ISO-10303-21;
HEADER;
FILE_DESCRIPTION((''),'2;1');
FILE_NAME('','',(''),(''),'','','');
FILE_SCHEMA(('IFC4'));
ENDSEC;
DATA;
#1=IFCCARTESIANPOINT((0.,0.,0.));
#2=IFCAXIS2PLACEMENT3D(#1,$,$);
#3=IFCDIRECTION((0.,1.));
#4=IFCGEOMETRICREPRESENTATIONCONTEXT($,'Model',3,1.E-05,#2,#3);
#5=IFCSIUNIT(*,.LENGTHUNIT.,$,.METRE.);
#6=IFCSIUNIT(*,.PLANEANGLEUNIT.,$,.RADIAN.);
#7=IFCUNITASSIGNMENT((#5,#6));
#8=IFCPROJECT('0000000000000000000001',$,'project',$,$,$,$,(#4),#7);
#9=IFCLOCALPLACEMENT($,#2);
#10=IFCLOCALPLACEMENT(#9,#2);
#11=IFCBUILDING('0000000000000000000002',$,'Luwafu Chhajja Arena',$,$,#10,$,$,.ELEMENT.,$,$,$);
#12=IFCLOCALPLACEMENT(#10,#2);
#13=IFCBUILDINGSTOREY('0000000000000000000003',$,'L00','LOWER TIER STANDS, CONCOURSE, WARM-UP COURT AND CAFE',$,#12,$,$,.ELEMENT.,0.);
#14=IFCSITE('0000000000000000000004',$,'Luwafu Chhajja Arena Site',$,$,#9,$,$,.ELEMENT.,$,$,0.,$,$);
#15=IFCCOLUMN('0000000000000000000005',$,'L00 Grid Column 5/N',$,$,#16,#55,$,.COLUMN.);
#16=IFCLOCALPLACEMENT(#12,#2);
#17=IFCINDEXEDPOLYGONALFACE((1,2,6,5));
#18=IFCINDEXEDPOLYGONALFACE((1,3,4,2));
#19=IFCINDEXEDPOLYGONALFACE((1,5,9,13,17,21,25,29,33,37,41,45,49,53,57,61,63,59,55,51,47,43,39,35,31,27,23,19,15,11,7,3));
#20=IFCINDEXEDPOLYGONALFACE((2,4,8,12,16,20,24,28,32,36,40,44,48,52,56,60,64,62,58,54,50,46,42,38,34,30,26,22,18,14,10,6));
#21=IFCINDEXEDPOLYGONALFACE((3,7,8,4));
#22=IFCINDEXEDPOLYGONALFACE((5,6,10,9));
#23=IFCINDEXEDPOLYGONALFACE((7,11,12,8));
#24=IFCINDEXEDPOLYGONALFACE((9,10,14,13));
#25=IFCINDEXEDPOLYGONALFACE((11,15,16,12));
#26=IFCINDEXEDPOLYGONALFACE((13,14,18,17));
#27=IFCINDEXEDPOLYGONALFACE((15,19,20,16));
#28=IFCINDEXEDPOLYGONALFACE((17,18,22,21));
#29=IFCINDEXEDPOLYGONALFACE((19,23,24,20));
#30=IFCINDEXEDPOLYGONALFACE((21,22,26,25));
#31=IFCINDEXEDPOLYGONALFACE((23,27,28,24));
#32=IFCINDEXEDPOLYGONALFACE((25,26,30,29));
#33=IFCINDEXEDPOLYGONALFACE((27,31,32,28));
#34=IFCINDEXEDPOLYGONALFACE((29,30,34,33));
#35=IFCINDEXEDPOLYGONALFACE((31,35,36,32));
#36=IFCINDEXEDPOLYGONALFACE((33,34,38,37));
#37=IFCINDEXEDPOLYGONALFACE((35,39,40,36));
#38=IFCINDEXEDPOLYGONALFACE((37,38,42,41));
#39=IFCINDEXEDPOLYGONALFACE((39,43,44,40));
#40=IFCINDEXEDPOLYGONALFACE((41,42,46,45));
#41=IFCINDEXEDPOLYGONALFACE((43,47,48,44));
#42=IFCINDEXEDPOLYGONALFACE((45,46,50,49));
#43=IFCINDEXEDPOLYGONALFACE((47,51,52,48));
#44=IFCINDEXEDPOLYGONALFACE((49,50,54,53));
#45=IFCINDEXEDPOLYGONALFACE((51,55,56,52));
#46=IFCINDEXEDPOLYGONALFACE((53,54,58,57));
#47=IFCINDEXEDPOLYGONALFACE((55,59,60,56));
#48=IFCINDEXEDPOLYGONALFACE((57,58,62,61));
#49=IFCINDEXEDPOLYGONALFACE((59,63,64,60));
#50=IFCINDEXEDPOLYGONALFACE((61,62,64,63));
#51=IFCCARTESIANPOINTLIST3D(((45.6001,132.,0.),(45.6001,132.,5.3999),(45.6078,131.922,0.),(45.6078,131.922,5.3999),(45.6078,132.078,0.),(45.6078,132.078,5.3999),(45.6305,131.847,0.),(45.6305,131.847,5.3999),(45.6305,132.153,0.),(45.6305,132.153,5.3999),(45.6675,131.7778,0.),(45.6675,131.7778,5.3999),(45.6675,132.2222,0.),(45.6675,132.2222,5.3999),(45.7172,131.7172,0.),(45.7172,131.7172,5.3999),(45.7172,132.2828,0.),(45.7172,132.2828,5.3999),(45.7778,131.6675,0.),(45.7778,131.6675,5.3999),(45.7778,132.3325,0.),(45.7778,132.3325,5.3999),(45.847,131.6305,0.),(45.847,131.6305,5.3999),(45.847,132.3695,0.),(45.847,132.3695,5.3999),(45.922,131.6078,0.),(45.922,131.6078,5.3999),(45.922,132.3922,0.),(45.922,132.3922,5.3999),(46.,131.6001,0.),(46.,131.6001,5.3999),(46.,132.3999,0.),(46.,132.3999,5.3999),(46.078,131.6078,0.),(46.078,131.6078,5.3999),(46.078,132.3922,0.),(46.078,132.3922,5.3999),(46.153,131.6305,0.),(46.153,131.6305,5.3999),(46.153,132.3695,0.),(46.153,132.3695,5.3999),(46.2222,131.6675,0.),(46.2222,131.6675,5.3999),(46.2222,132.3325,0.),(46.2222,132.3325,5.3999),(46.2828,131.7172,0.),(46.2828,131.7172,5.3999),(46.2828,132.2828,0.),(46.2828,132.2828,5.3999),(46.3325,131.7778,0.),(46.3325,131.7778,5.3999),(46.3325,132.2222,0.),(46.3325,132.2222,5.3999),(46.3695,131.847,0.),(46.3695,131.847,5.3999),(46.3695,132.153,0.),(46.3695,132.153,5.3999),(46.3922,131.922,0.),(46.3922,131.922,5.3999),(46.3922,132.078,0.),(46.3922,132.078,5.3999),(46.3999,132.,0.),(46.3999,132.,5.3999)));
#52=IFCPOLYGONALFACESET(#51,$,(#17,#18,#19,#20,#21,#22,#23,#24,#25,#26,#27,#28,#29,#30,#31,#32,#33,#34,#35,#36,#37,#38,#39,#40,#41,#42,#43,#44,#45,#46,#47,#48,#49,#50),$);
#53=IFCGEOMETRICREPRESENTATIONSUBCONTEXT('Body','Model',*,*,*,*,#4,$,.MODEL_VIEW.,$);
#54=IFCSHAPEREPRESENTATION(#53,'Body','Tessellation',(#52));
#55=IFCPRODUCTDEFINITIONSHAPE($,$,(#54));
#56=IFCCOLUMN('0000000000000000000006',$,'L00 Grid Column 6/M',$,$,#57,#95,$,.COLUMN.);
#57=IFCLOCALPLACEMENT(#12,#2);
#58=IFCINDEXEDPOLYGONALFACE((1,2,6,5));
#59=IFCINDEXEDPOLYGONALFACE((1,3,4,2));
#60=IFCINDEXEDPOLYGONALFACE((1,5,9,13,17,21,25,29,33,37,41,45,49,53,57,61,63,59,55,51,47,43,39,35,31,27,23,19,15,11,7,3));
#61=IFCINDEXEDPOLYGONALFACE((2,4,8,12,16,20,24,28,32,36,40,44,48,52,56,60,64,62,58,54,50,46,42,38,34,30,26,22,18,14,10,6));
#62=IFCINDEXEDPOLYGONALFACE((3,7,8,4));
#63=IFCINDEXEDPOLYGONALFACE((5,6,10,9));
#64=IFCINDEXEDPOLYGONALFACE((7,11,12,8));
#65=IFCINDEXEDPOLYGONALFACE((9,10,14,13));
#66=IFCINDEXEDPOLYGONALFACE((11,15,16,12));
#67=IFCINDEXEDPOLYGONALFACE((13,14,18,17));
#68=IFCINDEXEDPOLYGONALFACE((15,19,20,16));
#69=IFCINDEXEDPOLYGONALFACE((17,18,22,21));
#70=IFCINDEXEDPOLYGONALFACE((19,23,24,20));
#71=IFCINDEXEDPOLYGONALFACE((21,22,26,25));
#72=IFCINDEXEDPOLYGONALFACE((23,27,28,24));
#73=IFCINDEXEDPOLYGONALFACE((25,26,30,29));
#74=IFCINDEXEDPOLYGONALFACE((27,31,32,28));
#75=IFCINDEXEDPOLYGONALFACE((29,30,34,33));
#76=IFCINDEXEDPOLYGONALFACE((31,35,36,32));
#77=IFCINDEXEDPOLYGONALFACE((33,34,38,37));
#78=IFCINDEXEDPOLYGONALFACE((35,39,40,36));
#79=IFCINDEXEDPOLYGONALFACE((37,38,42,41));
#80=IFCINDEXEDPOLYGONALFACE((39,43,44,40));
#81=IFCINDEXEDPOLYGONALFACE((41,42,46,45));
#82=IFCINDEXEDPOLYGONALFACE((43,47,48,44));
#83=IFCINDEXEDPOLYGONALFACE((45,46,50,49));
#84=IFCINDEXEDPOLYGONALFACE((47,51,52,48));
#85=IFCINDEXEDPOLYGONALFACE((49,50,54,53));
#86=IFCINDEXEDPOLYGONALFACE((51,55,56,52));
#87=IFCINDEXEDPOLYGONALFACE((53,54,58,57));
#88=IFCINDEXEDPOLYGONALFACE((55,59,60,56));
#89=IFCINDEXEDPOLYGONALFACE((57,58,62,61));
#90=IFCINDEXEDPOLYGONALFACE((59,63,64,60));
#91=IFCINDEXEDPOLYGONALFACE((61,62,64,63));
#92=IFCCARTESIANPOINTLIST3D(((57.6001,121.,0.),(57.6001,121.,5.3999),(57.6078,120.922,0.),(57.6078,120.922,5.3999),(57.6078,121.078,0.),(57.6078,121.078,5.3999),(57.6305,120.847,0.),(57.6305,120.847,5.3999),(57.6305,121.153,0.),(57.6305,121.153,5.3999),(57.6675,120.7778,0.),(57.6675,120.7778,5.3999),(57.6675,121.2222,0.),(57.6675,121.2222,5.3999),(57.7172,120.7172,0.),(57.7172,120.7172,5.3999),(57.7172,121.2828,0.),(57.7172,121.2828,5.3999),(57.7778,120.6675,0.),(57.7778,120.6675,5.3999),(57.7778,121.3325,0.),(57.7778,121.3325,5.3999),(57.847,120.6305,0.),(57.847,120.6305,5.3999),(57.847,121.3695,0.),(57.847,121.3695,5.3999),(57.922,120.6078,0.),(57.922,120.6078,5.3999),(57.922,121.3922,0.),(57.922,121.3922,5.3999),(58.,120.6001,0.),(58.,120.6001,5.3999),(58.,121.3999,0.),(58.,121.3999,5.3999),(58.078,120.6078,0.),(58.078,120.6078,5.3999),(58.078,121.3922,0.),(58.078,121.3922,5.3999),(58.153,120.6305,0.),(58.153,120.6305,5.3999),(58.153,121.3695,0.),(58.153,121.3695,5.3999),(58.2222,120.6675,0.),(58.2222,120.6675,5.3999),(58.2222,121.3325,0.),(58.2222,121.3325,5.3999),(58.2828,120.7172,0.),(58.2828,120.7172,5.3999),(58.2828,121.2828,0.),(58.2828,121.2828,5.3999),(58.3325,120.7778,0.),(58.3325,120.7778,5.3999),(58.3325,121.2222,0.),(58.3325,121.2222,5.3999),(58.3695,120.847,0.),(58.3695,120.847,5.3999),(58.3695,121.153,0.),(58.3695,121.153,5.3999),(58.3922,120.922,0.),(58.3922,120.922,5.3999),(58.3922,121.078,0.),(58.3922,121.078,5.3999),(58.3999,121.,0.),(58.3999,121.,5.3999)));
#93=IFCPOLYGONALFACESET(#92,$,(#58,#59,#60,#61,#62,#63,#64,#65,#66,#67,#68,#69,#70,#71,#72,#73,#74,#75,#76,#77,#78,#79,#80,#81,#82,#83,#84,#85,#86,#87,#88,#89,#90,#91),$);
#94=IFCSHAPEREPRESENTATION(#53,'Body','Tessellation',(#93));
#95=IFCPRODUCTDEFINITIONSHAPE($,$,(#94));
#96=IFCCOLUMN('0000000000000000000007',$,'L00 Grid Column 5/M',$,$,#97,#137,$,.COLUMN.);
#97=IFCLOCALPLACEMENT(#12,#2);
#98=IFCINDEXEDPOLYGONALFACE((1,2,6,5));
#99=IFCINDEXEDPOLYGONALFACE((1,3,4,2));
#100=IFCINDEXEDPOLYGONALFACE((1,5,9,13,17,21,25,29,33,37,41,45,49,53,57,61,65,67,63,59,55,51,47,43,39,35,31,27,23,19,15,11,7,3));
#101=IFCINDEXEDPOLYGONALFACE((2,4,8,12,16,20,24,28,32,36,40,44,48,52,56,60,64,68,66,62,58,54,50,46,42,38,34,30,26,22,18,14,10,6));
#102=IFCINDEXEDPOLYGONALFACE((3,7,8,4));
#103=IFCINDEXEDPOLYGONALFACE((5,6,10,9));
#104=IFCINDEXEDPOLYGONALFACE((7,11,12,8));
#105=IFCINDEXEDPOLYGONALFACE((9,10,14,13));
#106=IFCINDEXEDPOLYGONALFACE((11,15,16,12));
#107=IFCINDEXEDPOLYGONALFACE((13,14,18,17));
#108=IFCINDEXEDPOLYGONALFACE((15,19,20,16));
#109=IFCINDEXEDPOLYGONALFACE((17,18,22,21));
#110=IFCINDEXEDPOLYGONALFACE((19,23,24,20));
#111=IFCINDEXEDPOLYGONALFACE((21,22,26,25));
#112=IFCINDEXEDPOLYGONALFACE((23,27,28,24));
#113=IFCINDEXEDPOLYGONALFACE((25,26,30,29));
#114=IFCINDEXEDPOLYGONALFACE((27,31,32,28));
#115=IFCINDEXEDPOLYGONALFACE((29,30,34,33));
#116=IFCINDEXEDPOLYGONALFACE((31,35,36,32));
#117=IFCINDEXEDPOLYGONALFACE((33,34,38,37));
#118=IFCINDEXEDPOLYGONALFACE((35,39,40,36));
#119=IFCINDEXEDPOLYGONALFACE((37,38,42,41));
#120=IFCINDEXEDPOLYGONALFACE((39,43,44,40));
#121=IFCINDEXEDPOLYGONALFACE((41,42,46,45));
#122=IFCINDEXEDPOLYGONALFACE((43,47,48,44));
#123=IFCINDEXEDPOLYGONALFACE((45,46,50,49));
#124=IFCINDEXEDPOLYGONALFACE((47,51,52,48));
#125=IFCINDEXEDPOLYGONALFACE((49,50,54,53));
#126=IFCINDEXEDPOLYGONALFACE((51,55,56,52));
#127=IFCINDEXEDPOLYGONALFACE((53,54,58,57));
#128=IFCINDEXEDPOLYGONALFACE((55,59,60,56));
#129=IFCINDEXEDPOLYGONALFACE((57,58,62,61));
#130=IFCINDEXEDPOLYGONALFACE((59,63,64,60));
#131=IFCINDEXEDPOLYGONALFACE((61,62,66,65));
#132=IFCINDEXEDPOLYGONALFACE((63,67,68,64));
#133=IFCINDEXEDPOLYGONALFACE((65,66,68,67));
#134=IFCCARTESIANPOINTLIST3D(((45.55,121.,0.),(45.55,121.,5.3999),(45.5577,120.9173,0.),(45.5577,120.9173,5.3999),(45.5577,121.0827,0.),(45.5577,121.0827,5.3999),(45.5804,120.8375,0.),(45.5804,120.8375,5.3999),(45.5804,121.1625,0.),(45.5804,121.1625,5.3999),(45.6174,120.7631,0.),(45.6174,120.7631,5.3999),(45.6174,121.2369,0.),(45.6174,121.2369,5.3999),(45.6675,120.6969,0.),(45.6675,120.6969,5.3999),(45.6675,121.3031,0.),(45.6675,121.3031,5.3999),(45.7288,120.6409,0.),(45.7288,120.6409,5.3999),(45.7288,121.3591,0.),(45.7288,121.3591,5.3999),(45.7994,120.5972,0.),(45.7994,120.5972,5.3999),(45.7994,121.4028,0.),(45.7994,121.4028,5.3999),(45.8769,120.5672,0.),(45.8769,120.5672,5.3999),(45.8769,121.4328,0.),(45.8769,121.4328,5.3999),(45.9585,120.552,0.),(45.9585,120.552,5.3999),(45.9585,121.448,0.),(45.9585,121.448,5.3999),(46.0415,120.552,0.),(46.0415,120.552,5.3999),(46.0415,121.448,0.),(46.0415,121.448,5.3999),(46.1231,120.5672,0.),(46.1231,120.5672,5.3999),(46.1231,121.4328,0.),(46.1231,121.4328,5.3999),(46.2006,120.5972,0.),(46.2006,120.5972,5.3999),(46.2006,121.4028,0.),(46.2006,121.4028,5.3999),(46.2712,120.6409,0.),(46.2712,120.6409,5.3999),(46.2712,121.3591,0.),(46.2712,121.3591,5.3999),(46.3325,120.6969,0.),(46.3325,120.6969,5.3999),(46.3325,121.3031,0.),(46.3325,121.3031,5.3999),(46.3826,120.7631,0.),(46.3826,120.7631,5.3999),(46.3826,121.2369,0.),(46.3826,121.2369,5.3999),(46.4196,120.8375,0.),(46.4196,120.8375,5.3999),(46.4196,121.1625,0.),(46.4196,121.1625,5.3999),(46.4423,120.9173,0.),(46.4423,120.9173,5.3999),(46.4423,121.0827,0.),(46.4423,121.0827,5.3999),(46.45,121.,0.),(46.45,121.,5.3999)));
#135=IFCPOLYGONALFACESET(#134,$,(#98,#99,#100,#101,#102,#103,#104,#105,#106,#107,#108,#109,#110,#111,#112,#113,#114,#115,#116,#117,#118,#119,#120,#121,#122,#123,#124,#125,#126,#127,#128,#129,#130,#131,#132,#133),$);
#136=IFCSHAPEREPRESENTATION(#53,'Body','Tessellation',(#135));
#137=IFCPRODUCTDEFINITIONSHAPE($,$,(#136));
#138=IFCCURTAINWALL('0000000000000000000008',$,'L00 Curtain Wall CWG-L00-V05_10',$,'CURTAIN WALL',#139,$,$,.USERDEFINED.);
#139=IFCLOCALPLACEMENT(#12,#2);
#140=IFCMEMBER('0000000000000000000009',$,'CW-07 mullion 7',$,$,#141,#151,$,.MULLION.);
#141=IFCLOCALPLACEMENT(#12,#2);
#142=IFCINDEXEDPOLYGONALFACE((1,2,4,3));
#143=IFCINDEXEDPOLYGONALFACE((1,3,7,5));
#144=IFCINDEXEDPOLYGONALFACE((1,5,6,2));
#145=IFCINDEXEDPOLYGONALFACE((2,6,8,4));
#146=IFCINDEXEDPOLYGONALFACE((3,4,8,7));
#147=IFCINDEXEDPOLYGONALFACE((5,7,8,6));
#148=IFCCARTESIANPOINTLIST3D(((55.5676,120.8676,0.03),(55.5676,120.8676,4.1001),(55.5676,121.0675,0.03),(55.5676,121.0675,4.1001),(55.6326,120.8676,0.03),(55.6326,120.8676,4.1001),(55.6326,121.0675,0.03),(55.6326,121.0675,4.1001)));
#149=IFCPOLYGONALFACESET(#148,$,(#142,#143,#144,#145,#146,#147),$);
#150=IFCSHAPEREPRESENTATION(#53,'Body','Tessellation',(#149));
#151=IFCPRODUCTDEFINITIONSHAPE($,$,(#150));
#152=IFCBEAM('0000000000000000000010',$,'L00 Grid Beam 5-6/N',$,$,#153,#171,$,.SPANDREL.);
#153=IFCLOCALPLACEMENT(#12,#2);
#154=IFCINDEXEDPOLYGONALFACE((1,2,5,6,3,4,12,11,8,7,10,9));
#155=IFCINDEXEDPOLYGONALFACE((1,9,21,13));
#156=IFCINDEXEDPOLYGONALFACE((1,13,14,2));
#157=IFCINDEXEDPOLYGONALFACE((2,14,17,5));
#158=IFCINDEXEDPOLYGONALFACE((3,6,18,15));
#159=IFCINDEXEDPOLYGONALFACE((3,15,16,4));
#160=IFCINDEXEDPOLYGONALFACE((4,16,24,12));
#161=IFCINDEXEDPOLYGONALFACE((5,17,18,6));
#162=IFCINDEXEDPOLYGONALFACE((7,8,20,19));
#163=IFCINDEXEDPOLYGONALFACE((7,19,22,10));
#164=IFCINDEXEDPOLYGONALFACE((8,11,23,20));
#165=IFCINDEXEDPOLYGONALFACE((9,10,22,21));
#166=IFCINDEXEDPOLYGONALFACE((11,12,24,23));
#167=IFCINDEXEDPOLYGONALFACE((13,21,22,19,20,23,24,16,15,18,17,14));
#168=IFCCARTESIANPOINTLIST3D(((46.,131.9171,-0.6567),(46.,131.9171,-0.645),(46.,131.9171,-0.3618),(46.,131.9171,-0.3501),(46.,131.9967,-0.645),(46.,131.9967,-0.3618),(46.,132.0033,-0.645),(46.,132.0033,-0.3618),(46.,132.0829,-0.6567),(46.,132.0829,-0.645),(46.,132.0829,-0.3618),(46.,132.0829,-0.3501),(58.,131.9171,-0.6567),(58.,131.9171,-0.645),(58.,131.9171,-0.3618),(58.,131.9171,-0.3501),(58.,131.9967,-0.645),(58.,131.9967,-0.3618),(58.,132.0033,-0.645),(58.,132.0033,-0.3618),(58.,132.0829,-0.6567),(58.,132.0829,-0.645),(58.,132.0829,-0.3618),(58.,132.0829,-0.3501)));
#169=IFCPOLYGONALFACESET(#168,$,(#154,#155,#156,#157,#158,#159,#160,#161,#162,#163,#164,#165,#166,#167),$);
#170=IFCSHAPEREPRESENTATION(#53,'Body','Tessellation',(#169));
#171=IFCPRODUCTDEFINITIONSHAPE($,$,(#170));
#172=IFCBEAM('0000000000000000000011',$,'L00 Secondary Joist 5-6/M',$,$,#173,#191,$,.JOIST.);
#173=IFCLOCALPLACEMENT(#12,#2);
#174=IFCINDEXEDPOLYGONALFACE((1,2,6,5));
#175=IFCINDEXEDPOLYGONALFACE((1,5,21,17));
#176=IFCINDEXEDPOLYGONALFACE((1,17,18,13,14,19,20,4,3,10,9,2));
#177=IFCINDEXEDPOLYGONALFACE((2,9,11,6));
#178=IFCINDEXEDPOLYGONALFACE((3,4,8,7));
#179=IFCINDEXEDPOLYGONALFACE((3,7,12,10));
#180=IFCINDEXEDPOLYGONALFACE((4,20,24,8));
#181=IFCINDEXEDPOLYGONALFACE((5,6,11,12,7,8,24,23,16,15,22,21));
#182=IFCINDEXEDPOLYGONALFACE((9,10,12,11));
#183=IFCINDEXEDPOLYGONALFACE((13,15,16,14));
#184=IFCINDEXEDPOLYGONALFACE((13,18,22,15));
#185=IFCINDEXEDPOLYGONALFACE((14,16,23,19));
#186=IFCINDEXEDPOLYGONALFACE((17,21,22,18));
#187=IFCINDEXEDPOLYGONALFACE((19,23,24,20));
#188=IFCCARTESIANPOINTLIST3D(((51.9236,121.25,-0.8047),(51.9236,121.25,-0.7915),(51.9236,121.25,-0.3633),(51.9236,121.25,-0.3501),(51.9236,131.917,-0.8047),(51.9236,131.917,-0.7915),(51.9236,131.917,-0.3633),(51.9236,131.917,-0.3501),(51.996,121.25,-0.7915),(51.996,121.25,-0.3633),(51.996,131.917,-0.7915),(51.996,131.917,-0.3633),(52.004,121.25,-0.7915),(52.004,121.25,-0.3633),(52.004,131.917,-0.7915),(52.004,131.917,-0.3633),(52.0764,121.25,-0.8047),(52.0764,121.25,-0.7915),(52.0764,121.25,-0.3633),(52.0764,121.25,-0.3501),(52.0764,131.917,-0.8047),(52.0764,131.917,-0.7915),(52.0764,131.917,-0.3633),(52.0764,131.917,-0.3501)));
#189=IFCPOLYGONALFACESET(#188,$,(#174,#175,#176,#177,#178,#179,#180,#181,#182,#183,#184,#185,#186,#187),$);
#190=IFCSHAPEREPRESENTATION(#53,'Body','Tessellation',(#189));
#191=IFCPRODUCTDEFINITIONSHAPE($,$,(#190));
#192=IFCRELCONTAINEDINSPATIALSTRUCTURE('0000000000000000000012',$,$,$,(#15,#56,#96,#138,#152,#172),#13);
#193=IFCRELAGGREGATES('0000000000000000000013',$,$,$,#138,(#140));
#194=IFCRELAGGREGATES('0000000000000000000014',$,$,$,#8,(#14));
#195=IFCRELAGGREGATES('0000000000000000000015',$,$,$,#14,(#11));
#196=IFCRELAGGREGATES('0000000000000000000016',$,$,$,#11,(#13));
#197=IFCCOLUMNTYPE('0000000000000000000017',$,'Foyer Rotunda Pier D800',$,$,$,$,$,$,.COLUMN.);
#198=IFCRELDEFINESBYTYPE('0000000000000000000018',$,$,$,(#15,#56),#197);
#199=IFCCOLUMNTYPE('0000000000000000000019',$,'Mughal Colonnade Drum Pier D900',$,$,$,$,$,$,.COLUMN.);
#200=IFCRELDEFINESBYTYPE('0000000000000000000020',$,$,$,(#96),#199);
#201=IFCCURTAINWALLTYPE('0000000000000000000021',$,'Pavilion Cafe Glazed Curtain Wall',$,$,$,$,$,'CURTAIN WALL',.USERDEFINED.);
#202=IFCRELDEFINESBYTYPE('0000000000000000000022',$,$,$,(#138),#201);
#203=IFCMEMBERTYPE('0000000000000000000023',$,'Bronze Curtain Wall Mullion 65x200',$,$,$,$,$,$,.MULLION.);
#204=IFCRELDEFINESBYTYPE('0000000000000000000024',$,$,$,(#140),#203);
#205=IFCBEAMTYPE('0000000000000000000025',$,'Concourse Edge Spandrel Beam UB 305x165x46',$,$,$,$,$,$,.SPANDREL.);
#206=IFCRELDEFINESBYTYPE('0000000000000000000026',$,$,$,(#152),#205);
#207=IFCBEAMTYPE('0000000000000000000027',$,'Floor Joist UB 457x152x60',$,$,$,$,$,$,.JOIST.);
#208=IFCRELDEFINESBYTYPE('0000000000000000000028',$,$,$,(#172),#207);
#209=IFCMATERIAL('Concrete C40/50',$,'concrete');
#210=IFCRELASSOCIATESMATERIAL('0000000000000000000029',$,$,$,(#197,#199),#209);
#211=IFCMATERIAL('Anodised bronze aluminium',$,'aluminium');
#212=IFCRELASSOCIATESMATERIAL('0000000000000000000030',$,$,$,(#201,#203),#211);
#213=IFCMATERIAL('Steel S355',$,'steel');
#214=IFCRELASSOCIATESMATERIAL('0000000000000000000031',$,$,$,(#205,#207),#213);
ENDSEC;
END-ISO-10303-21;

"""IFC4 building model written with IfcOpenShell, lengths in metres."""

from ifc_helpers import new_model, si_unit, direction, frame, origin, origin_2d, place, context, subcontext, project, spatial, rectangle, circle, i_section, extrude, material, material_profile, profile_set, type_object, element, aggregate, save


model = new_model("IFC4")

# Units and contexts
model_context = context("Model", 3, precision=1e-05, world=origin(), true_north=direction((0.0, 1.0)))
body_context = subcontext(model_context, "Body", "Model", "MODEL_VIEW")
ifc_project = project(units=[si_unit("LENGTHUNIT", "METRE"), si_unit("PLANEANGLEUNIT", "RADIAN")], contexts=[model_context])

# Site, building, storey
site_placement = place(None, origin())
site = spatial("IfcSite", under=ifc_project, at=site_placement, Name="Luwafu Chhajja Arena Site", CompositionType="ELEMENT", RefElevation=0.0)
building_placement = place(site_placement, origin())
building = spatial("IfcBuilding", under=site, at=building_placement, Name="Luwafu Chhajja Arena", CompositionType="ELEMENT")
storey_placement = place(building_placement, origin())
storey = spatial("IfcBuildingStorey", under=building, at=storey_placement, Name="L00", Description="LOWER TIER STANDS, CONCOURSE, WARM-UP COURT AND CAFE", CompositionType="ELEMENT", Elevation=0.0)

# Columns
ifc_material_1 = material(Name="Concrete C40/50", Category="concrete")
ifc_material_profile_1 = material_profile(ifc_material_1, circle(Radius=0.3999, at=origin_2d()), Name="RC COL D800")
ifc_profile_set_1 = profile_set([ifc_material_profile_1], Name="Concrete C40/50")
column_type_1 = type_object("IfcColumnType", Name="Foyer Rotunda Pier D800", PredefinedType="COLUMN", material=ifc_profile_set_1)
for number, where, z_axis, x_axis, name in (
    (1, (46.0, 132.0, 0.0), (0.0, 0.0, 1.0), (1.0, 0.0, 0.0), "L00 Grid Column 5/N"),
    (2, (58.0, 121.0, 0.0), (0.0, 0.0, 1.0), (1.0, 0.0, 0.0), "L00 Grid Column 6/M"),
):
    element("IfcColumn", number, at=place(storey_placement, frame(where, z_axis=z_axis, x_axis=x_axis)), inside=storey, type_object=column_type_1, Name=name, PredefinedType="COLUMN", context=body_context, shape_type="SweptSolid", body=[
        extrude(circle(Radius=0.3999, at=origin_2d()), origin(), (0.0, 0.0, 1.0), 5.3999),
    ])
ifc_material_profile_2 = material_profile(ifc_material_1, circle(Radius=0.45, at=origin_2d()), Name="RC COL D900")
ifc_profile_set_2 = profile_set([ifc_material_profile_2], Name="Concrete C40/50")
column_type_2 = type_object("IfcColumnType", Name="Mughal Colonnade Drum Pier D900", PredefinedType="COLUMN", material=ifc_profile_set_2)
column_placement = place(storey_placement, frame((46.0, 121.0, 0.0), z_axis=(0.0, 0.0, 1.0), x_axis=(1.0, 0.0, 0.0)))
element("IfcColumn", 3, at=column_placement, inside=storey, type_object=column_type_2, Name="L00 Grid Column 5/M", PredefinedType="COLUMN", context=body_context, shape_type="SweptSolid", body=[
    extrude(circle(Radius=0.45, at=origin_2d()), origin(), (0.0, 0.0, 1.0), 5.3999),
])

# Curtain wall, member
ifc_material_2 = material(Name="Anodised bronze aluminium", Category="aluminium")
curtain_wall_type = type_object("IfcCurtainWallType", Name="Pavilion Cafe Glazed Curtain Wall", ElementType="CURTAIN WALL", PredefinedType="USERDEFINED", material=ifc_material_2)
curtain_wall_placement = place(storey_placement, origin())
curtain_wall = element("IfcCurtainWall", 4, at=curtain_wall_placement, inside=storey, type_object=curtain_wall_type, Name="L00 Curtain Wall CWG-L00-V05_10", ObjectType="CURTAIN WALL", PredefinedType="USERDEFINED")
ifc_material_profile_3 = material_profile(ifc_material_2, rectangle(XDim=0.0649, YDim=0.2, at=origin_2d()), Name="CWM 65x200")
ifc_profile_set_3 = profile_set([ifc_material_profile_3], Name="Anodised bronze aluminium")
member_type = type_object("IfcMemberType", Name="Bronze Curtain Wall Mullion 65x200", PredefinedType="MULLION", material=ifc_profile_set_3)
member_placement = place(storey_placement, frame((55.6001, 120.9675, 0.03), z_axis=(0.0, 0.0, 1.0), x_axis=(-1.0, 0.0, 0.0)))
member = element("IfcMember", 5, at=member_placement, type_object=member_type, Name="CW-07 mullion 7", PredefinedType="MULLION", context=body_context, shape_type="SweptSolid", body=[
    extrude(rectangle(XDim=0.0649, YDim=0.2, at=origin_2d()), origin(), (0.0, 0.0, 1.0), 4.0701),
])

# Beams
ifc_material_3 = material(Name="Steel S355", Category="steel")
ifc_material_profile_4 = material_profile(ifc_material_3, i_section(OverallWidth=0.1658, OverallDepth=0.3066, WebThickness=0.0066, FlangeThickness=0.0117, at=origin_2d()), Name="UB 305x165x46")
ifc_profile_set_4 = profile_set([ifc_material_profile_4], Name="Steel S355")
beam_type_1 = type_object("IfcBeamType", Name="Concourse Edge Spandrel Beam UB 305x165x46", PredefinedType="SPANDREL", material=ifc_profile_set_4)
beam_1_placement = place(storey_placement, frame((46.0, 132.0, -0.5034), z_axis=(1.0, 0.0, 0.0), x_axis=(0.0, 1.0, 0.0)))
element("IfcBeam", 6, at=beam_1_placement, inside=storey, type_object=beam_type_1, Name="L00 Grid Beam 5-6/N", PredefinedType="SPANDREL", context=body_context, shape_type="SweptSolid", body=[
    extrude(i_section(OverallWidth=0.1658, OverallDepth=0.3066, WebThickness=0.0066, FlangeThickness=0.0117, at=origin_2d()), origin(), (0.0, 0.0, 1.0), 12.0),
])
ifc_material_profile_5 = material_profile(ifc_material_3, i_section(OverallWidth=0.1528, OverallDepth=0.4546, WebThickness=0.0081, FlangeThickness=0.0132, at=origin_2d()), Name="UB 457x152x60")
ifc_profile_set_5 = profile_set([ifc_material_profile_5], Name="Steel S355")
beam_type_2 = type_object("IfcBeamType", Name="Floor Joist UB 457x152x60", PredefinedType="JOIST", material=ifc_profile_set_5)
beam_2_placement = place(storey_placement, frame((52.0, 121.25, -0.5774), z_axis=(0.0, 1.0, 0.0), x_axis=(-1.0, 0.0, 0.0)))
element("IfcBeam", 7, at=beam_2_placement, inside=storey, type_object=beam_type_2, Name="L00 Secondary Joist 5-6/M", PredefinedType="JOIST", context=body_context, shape_type="SweptSolid", body=[
    extrude(i_section(OverallWidth=0.1528, OverallDepth=0.4546, WebThickness=0.0081, FlangeThickness=0.0132, at=origin_2d()), origin(), (0.0, 0.0, 1.0), 10.667),
])

aggregate(curtain_wall, [member])

save(model, "model.ifc")
